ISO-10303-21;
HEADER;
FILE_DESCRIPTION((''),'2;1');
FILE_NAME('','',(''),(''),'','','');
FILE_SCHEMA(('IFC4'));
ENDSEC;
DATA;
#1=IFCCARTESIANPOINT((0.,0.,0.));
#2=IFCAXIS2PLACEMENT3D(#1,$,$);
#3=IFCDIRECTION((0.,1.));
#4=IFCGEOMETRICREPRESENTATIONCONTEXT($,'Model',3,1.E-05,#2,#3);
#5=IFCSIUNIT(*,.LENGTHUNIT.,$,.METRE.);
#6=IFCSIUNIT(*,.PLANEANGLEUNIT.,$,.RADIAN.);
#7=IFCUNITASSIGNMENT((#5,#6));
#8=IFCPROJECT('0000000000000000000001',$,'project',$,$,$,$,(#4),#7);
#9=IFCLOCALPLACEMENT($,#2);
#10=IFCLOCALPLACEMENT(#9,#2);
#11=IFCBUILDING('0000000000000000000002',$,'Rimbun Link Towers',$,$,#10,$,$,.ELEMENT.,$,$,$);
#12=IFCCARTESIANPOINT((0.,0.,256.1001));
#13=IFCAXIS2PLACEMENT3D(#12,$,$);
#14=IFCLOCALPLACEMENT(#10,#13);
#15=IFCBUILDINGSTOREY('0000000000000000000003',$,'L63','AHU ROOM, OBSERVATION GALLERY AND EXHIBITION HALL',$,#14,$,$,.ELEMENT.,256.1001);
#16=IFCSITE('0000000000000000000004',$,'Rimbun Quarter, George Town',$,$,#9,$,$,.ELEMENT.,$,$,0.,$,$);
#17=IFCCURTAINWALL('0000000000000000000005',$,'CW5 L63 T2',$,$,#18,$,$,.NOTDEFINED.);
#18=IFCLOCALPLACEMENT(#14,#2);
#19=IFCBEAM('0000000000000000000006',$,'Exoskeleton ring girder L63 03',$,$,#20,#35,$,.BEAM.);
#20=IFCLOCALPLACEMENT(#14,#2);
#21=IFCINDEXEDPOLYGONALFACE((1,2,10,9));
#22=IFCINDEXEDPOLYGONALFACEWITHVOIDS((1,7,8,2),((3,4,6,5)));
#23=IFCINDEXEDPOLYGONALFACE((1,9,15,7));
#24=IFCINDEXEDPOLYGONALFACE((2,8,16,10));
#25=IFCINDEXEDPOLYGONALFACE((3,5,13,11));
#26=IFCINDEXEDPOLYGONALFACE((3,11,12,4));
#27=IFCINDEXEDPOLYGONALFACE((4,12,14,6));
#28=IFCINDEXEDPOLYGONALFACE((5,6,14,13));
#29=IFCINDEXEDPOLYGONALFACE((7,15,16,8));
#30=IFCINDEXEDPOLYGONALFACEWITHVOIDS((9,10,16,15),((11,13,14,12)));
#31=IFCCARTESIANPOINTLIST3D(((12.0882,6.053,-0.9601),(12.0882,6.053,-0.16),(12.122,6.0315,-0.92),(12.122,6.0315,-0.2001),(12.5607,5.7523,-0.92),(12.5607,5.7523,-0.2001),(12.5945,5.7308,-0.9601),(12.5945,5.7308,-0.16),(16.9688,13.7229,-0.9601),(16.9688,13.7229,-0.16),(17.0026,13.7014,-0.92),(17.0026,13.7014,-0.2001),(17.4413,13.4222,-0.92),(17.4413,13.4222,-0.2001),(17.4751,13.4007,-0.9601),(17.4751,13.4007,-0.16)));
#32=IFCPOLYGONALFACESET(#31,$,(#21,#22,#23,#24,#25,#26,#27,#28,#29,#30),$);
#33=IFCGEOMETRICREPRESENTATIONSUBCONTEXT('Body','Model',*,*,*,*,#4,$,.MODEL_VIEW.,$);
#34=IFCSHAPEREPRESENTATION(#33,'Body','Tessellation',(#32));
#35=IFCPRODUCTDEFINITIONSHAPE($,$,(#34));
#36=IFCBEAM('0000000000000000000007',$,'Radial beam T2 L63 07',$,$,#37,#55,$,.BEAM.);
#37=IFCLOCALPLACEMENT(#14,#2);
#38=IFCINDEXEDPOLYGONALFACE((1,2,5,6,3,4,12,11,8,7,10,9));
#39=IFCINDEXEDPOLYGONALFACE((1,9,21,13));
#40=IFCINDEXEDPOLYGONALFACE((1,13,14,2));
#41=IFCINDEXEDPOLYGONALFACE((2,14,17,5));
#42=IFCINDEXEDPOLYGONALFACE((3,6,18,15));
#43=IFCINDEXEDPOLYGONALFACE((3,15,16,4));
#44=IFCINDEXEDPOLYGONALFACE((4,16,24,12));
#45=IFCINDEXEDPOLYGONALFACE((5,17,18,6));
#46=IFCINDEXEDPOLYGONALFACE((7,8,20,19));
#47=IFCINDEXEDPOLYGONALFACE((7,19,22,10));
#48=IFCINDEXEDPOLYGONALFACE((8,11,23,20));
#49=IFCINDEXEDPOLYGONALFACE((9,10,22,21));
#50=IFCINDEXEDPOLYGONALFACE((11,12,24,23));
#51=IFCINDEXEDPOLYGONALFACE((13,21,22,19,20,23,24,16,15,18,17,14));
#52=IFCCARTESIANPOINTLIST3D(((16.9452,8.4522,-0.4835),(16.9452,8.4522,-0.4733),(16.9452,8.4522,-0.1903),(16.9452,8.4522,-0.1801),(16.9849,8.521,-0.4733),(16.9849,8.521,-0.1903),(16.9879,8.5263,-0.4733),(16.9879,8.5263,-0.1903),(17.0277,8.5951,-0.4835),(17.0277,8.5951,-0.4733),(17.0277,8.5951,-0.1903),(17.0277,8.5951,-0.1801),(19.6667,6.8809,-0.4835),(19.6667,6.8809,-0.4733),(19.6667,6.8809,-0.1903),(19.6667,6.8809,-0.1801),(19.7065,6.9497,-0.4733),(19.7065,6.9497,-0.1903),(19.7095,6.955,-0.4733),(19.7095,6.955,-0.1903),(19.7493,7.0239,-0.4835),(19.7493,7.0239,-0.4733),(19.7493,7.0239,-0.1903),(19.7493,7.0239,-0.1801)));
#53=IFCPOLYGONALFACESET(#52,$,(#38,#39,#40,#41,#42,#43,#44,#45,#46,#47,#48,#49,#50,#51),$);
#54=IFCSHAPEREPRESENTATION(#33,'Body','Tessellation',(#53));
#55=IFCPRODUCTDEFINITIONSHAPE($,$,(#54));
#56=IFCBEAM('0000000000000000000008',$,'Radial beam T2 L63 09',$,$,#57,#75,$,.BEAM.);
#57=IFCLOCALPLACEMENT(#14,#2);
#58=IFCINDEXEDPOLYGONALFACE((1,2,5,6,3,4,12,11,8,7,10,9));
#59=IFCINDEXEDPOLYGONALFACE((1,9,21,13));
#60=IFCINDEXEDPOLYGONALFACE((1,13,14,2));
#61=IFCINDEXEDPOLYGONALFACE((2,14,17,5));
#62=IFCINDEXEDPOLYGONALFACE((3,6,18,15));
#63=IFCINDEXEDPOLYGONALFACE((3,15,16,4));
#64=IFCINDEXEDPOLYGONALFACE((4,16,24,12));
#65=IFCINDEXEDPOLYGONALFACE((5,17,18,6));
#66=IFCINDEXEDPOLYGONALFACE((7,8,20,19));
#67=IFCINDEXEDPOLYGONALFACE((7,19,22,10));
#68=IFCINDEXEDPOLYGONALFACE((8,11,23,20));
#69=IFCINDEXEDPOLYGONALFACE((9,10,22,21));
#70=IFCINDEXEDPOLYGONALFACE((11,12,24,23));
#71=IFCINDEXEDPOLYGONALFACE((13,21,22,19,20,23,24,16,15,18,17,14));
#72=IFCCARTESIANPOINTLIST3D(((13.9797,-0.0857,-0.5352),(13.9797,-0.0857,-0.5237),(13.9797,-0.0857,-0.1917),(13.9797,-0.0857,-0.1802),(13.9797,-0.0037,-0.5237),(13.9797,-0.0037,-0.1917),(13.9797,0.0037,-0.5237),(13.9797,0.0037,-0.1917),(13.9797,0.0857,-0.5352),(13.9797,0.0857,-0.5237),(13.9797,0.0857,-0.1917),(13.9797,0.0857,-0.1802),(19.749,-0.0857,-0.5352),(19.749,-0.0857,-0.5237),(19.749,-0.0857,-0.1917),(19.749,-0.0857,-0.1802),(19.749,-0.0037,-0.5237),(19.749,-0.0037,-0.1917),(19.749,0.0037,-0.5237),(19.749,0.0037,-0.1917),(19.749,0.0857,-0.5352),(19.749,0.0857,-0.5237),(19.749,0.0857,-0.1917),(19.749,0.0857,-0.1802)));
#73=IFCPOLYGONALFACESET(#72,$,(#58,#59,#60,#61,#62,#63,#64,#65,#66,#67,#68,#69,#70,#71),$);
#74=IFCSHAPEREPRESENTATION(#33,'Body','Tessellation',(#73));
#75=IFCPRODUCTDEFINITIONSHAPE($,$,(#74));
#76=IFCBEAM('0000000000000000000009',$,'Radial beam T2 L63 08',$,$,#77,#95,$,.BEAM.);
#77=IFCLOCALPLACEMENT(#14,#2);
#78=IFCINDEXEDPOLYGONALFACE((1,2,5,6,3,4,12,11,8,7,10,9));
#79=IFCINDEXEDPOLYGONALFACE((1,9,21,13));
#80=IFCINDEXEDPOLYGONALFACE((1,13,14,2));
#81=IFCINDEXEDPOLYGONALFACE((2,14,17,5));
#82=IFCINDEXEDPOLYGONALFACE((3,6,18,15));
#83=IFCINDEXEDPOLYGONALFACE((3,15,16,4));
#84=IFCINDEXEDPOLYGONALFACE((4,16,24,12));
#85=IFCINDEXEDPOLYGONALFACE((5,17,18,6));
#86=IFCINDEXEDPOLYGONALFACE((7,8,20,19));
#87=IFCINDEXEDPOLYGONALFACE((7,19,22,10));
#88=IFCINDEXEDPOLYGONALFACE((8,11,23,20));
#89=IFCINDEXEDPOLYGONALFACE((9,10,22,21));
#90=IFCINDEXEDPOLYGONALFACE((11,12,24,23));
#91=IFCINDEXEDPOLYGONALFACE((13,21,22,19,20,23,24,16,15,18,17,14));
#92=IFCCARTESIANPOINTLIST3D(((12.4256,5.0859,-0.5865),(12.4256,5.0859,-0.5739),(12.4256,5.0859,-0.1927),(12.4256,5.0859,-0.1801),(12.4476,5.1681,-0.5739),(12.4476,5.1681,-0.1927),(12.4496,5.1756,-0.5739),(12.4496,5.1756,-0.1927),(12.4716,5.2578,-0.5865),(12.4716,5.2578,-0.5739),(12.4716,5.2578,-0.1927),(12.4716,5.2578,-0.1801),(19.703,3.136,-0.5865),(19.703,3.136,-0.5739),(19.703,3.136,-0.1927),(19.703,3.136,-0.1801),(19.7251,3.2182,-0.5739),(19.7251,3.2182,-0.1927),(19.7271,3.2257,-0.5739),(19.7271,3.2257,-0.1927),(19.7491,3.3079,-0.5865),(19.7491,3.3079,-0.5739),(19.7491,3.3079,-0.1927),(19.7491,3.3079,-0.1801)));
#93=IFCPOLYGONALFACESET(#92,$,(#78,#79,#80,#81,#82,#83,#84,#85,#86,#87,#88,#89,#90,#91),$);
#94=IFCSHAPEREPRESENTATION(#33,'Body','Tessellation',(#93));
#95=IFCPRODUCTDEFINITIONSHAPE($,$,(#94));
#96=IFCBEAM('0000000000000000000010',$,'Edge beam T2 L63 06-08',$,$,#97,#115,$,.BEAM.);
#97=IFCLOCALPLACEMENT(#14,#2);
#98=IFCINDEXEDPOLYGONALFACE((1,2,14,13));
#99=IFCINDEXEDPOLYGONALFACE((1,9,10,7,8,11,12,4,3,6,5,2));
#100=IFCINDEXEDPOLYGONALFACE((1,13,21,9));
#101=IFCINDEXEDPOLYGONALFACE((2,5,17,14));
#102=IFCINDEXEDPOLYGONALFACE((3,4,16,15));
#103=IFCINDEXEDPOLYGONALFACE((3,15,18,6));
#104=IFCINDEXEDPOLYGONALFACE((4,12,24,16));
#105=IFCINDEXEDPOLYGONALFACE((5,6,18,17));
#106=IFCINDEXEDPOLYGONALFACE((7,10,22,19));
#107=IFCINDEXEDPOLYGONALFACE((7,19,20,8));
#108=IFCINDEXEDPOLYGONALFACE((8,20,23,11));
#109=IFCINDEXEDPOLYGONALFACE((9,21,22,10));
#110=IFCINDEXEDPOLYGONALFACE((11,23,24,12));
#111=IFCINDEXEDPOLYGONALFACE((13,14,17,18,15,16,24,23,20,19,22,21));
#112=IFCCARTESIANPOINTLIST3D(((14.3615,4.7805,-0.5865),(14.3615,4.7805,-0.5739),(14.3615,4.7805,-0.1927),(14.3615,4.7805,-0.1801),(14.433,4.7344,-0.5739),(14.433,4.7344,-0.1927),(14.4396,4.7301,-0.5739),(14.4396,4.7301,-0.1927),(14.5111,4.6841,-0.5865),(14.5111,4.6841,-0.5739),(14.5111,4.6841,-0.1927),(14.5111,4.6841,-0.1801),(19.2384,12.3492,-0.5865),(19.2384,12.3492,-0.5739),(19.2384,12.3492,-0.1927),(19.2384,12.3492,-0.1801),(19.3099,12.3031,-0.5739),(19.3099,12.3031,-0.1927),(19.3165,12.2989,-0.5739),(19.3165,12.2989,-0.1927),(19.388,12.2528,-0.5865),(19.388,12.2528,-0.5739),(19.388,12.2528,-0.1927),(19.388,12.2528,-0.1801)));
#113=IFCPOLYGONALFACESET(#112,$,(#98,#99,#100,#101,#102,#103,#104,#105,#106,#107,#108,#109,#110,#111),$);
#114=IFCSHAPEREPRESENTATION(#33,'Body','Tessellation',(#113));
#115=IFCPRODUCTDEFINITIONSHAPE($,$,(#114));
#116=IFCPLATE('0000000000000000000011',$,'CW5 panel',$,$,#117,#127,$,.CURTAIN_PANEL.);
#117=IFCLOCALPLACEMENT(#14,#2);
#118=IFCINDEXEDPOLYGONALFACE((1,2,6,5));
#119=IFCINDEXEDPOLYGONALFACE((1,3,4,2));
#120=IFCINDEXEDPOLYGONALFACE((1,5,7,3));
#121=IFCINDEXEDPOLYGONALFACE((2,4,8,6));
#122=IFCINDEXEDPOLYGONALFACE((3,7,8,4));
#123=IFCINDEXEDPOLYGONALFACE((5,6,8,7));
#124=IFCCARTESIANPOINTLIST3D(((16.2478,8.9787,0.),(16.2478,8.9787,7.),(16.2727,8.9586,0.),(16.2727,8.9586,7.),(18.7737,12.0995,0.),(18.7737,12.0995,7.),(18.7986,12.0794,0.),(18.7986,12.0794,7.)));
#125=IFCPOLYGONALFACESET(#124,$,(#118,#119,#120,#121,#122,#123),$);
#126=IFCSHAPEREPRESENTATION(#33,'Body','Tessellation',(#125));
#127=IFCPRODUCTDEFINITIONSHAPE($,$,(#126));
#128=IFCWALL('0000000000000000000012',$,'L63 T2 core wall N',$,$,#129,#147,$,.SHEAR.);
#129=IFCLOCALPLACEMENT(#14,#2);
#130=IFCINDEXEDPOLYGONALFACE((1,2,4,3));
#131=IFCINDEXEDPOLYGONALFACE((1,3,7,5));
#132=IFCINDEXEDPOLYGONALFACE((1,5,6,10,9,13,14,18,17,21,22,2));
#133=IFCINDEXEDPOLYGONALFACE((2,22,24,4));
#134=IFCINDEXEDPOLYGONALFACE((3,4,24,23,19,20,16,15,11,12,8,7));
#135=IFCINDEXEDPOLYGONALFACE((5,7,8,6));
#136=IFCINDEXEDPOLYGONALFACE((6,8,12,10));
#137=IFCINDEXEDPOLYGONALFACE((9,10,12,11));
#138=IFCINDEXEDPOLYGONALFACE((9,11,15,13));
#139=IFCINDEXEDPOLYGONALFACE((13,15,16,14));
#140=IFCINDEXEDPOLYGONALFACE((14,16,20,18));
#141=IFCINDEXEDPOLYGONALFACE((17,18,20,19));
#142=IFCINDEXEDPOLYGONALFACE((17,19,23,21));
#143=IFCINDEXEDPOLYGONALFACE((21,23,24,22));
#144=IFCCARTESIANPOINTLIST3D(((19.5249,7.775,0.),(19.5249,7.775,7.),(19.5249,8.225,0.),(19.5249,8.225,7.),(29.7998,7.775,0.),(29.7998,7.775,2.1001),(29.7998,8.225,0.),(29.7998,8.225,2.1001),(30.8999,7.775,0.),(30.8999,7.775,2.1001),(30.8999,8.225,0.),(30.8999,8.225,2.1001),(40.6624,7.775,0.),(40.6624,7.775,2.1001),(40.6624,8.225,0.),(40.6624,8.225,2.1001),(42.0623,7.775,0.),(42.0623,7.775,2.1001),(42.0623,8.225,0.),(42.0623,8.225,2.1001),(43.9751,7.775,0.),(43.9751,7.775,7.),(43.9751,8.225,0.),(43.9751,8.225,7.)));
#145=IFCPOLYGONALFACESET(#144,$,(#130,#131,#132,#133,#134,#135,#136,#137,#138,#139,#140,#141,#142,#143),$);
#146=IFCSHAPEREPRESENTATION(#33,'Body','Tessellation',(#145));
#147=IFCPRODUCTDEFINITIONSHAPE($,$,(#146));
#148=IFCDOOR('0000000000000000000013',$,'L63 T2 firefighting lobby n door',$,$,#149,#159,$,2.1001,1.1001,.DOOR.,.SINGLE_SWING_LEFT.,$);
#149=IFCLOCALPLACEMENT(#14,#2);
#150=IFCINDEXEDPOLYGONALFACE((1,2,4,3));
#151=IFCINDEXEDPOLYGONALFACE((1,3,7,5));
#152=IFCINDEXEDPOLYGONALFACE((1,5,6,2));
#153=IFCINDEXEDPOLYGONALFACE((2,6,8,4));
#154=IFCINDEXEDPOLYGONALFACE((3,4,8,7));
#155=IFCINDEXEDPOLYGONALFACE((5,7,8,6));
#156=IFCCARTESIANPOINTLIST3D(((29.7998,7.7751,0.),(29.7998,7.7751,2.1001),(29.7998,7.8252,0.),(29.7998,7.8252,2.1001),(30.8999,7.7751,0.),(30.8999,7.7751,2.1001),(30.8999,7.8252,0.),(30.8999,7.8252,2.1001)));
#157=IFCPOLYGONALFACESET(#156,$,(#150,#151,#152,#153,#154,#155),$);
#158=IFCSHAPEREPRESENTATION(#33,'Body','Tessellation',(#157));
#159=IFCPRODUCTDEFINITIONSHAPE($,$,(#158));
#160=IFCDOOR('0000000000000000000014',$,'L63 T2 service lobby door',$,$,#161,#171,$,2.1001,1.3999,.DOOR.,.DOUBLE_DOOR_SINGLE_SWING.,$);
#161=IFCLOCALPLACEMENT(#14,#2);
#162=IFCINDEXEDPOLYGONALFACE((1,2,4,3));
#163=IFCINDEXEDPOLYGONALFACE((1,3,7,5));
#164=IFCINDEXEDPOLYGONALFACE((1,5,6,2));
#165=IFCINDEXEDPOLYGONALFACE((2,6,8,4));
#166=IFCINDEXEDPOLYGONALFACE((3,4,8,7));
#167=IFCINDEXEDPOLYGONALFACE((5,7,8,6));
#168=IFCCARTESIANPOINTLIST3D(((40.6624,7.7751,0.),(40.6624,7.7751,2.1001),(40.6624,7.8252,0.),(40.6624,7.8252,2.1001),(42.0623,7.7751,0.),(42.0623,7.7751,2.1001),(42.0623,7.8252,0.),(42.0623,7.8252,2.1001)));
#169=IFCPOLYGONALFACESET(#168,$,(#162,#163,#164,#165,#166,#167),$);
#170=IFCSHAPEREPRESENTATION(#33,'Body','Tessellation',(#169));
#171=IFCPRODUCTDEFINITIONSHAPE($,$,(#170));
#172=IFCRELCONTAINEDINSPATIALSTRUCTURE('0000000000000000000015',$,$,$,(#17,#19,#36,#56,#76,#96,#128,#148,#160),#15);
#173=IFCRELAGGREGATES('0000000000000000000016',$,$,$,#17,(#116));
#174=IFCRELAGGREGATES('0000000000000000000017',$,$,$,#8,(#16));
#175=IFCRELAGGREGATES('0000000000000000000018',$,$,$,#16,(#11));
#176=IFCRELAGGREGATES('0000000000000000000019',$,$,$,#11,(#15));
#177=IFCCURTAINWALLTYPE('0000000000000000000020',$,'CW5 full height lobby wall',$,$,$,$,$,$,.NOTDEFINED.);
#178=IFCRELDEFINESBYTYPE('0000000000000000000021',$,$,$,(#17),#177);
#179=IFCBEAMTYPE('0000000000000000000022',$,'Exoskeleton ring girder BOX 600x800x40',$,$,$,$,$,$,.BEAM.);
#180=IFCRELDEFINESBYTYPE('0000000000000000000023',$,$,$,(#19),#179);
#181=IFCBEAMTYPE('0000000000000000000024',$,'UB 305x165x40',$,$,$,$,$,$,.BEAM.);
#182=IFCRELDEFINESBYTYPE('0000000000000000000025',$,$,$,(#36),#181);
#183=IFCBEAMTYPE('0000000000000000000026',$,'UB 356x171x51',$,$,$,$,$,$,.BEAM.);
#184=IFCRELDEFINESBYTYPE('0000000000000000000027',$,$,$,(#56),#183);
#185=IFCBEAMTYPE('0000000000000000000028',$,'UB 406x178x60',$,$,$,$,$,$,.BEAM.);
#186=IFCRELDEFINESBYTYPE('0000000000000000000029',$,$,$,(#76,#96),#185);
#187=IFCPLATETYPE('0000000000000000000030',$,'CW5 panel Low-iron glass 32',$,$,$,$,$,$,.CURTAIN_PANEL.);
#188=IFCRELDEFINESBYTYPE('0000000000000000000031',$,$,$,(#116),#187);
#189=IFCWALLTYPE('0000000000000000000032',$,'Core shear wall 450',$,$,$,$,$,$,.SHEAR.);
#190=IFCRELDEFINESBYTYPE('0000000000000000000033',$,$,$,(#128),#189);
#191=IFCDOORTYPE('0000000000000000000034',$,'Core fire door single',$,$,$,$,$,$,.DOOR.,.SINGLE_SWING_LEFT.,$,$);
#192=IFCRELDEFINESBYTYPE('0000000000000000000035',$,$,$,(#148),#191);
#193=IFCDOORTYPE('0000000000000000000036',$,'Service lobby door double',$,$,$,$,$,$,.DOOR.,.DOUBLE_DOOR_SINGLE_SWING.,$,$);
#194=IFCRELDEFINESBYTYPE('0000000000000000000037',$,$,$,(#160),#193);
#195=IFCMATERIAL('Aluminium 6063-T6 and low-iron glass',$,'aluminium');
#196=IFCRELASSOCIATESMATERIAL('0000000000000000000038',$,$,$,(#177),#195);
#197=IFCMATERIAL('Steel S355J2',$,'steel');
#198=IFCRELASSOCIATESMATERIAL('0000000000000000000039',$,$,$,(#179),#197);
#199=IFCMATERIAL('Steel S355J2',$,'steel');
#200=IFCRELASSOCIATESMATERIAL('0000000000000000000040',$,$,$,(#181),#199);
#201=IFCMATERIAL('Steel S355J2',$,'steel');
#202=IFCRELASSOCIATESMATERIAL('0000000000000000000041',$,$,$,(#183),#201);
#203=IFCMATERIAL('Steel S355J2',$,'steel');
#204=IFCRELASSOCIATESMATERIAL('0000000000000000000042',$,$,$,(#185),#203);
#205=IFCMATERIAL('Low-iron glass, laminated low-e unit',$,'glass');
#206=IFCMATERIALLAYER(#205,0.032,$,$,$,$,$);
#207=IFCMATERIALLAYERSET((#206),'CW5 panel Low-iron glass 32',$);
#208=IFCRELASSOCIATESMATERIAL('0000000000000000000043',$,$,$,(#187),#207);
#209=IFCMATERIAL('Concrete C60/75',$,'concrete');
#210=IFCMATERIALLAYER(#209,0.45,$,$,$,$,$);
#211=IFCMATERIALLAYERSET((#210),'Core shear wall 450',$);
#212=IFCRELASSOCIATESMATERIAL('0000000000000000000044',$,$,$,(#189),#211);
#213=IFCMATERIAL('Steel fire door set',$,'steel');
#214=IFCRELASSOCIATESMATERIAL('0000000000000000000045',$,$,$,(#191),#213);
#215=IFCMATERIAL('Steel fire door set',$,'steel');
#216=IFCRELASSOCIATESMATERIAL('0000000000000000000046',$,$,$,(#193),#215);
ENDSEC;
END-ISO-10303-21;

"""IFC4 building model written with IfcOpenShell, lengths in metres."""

from ifc_helpers import new_model, si_unit, direction, frame, frame_2d, origin, origin_2d, place, context, subcontext, project, spatial, rectangle, hollow_rectangle, i_section, extrude, material, layer, layer_set, material_profile, profile_set, type_object, element, fill, aggregate, save


model = new_model("IFC4")

# Units and contexts
model_context = context("Model", 3, precision=1e-05, world=origin(), true_north=direction((0.0, 1.0)))
body_context = subcontext(model_context, "Body", "Model", "MODEL_VIEW")
ifc_project = project(units=[si_unit("LENGTHUNIT", "METRE"), si_unit("PLANEANGLEUNIT", "RADIAN")], contexts=[model_context])

# Site, building, storey
site_placement = place(None, origin())
site = spatial("IfcSite", under=ifc_project, at=site_placement, Name="Rimbun Quarter, George Town", CompositionType="ELEMENT", RefElevation=0.0)
building_placement = place(site_placement, origin())
building = spatial("IfcBuilding", under=site, at=building_placement, Name="Rimbun Link Towers", CompositionType="ELEMENT")
storey_placement = place(building_placement, frame((0.0, 0.0, 256.1001)))
storey = spatial("IfcBuildingStorey", under=building, at=storey_placement, Name="L63", Description="AHU ROOM, OBSERVATION GALLERY AND EXHIBITION HALL", CompositionType="ELEMENT", Elevation=256.1001)

# Curtain wall
ifc_material_1 = material(Name="Aluminium 6063-T6 and low-iron glass", Category="aluminium")
curtain_wall_type = type_object("IfcCurtainWallType", Name="CW5 full height lobby wall", PredefinedType="NOTDEFINED", material=ifc_material_1)
curtain_wall_placement = place(storey_placement, origin())
curtain_wall = element("IfcCurtainWall", 1, at=curtain_wall_placement, inside=storey, type_object=curtain_wall_type, Name="CW5 L63 T2", PredefinedType="NOTDEFINED")

# Beams
ifc_material_2 = material(Name="Steel S355J2", Category="steel")
ifc_material_profile_1 = material_profile(ifc_material_2, hollow_rectangle(XDim=0.6001, YDim=0.8, WallThickness=0.04, at=origin_2d()), Name="Exoskeleton ring girder BOX 600x800x40")
ifc_profile_set_1 = profile_set([ifc_material_profile_1], Name="Steel S355J2")
beam_type_1 = type_object("IfcBeamType", Name="Exoskeleton ring girder BOX 600x800x40", PredefinedType="BEAM", material=ifc_profile_set_1)
beam_1_placement = place(storey_placement, frame((17.2219, 13.5618, -0.5601), z_axis=(-0.536856, -0.843674, 0.0), x_axis=(0.843674, -0.536856, 0.0)))
element("IfcBeam", 2, at=beam_1_placement, inside=storey, type_object=beam_type_1, Name="Exoskeleton ring girder L63 03", PredefinedType="BEAM", context=body_context, shape_type="SweptSolid", body=[
    extrude(hollow_rectangle(XDim=0.6001, YDim=0.8, WallThickness=0.04, at=origin_2d()), origin(), (0.0, 0.0, 1.0), 9.0911),
])
ifc_material_3 = material(Name="Steel S355J2", Category="steel")
ifc_material_profile_2 = material_profile(ifc_material_3, i_section(OverallWidth=0.165, OverallDepth=0.3035, WebThickness=0.0061, FlangeThickness=0.0103, at=origin_2d()), Name="UB 305x165x40")
ifc_profile_set_2 = profile_set([ifc_material_profile_2], Name="Steel S355J2")
beam_type_2 = type_object("IfcBeamType", Name="UB 305x165x40", PredefinedType="BEAM", material=ifc_profile_set_2)
beam_2_placement = place(storey_placement, frame((19.708, 6.9524, -0.3318), z_axis=(-0.866036, 0.499982, 0.0), x_axis=(-0.499982, -0.866036, 0.0)))
element("IfcBeam", 3, at=beam_2_placement, inside=storey, type_object=beam_type_2, Name="Radial beam T2 L63 07", PredefinedType="BEAM", context=body_context, shape_type="SweptSolid", body=[
    extrude(i_section(OverallWidth=0.165, OverallDepth=0.3035, WebThickness=0.0061, FlangeThickness=0.0103, at=origin_2d()), origin(), (0.0, 0.0, 1.0), 3.1426),
])
ifc_material_4 = material(Name="Steel S355J2", Category="steel")
ifc_material_profile_3 = material_profile(ifc_material_4, i_section(OverallWidth=0.1714, OverallDepth=0.355, WebThickness=0.0073, FlangeThickness=0.0115, at=origin_2d()), Name="UB 356x171x51")
ifc_profile_set_3 = profile_set([ifc_material_profile_3], Name="Steel S355J2")
beam_type_3 = type_object("IfcBeamType", Name="UB 356x171x51", PredefinedType="BEAM", material=ifc_profile_set_3)
beam_3_placement = place(storey_placement, frame((19.749, 0.0, -0.3577), z_axis=(-1.0, 0.0, 0.0), x_axis=(0.0, -1.0, 0.0)))
element("IfcBeam", 4, at=beam_3_placement, inside=storey, type_object=beam_type_3, Name="Radial beam T2 L63 09", PredefinedType="BEAM", context=body_context, shape_type="SweptSolid", body=[
    extrude(i_section(OverallWidth=0.1714, OverallDepth=0.355, WebThickness=0.0073, FlangeThickness=0.0115, at=origin_2d()), origin(), (0.0, 0.0, 1.0), 5.7693),
])
ifc_material_5 = material(Name="Steel S355J2", Category="steel")
ifc_material_profile_4 = material_profile(ifc_material_5, i_section(OverallWidth=0.178, OverallDepth=0.4065, WebThickness=0.0078, FlangeThickness=0.0127, at=origin_2d()), Name="UB 406x178x60")
ifc_profile_set_4 = profile_set([ifc_material_profile_4], Name="Steel S355J2")
beam_type_4 = type_object("IfcBeamType", Name="UB 406x178x60", PredefinedType="BEAM", material=ifc_profile_set_4)
beam_4_placement = place(storey_placement, frame((19.7261, 3.2219, -0.3833), z_axis=(-0.965928, 0.25881, 0.0), x_axis=(-0.25881, -0.965928, 0.0)))
element("IfcBeam", 5, at=beam_4_placement, inside=storey, type_object=beam_type_4, Name="Radial beam T2 L63 08", PredefinedType="BEAM", context=body_context, shape_type="SweptSolid", body=[
    extrude(i_section(OverallWidth=0.178, OverallDepth=0.4065, WebThickness=0.0078, FlangeThickness=0.0127, at=origin_2d()), origin(), (0.0, 0.0, 1.0), 7.5342),
])
beam_5_placement = place(storey_placement, frame((19.3132, 12.301, -0.3833), z_axis=(-0.541643, -0.840609, 0.0), x_axis=(0.840609, -0.541643, 0.0)))
element("IfcBeam", 6, at=beam_5_placement, inside=storey, type_object=beam_type_4, Name="Edge beam T2 L63 06-08", PredefinedType="BEAM", context=body_context, shape_type="SweptSolid", body=[
    extrude(i_section(OverallWidth=0.178, OverallDepth=0.4065, WebThickness=0.0078, FlangeThickness=0.0127, at=origin_2d()), origin(), (0.0, 0.0, 1.0), 9.0039),
])

# Plate
ifc_material_6 = material(Name="Low-iron glass, laminated low-e unit", Category="glass")
ifc_layer_1 = layer(ifc_material_6, 0.032)
ifc_layer_set_1 = layer_set([ifc_layer_1], Name="CW5 panel Low-iron glass 32")
plate_type = type_object("IfcPlateType", Name="CW5 panel Low-iron glass 32", PredefinedType="CURTAIN_PANEL", material=ifc_layer_set_1)
plate_placement = place(storey_placement, frame((17.5232, 10.5291, 0.0), z_axis=(0.0, 0.0, 1.0), x_axis=(0.629144, 0.777289, 0.0)))
plate = element("IfcPlate", 7, at=plate_placement, type_object=plate_type, Name="CW5 panel", PredefinedType="CURTAIN_PANEL", context=body_context, shape_type="SweptSolid", body=[
    extrude(rectangle(XDim=4.0149, YDim=0.032, at=origin_2d()), origin(), (0.0, 0.0, 1.0), 7.0),
])
aggregate(curtain_wall, [plate])

# Wall, openings, doors
ifc_material_7 = material(Name="Concrete C60/75", Category="concrete")
ifc_layer_2 = layer(ifc_material_7, 0.45)
ifc_layer_set_2 = layer_set([ifc_layer_2], Name="Core shear wall 450")
wall_type_1 = type_object("IfcWallType", Name="Core shear wall 450", PredefinedType="SHEAR", material=ifc_layer_set_2)
wall_1_placement = place(storey_placement, frame((19.5249, 8.0, 0.0), z_axis=(0.0, 0.0, 1.0), x_axis=(1.0, 0.0, 0.0)))
wall_1 = element("IfcWall", 8, at=wall_1_placement, inside=storey, type_object=wall_type_1, Name="L63 T2 core wall N", PredefinedType="SHEAR", context=body_context, shape_type="SweptSolid", body=[
    extrude(rectangle(XDim=24.4502, YDim=0.45, at=frame_2d((12.2251, 0.0))), origin(), (0.0, 0.0, 1.0), 7.0),
])
opening_1_placement = place(wall_1_placement, frame((10.2749, 0.0, 0.0)))
opening_1 = element("IfcOpeningElement", 9, at=opening_1_placement, cuts=wall_1, PredefinedType="OPENING", context=body_context, shape_type="SweptSolid", body=[
    extrude(rectangle(XDim=1.1001, YDim=2.1001, at=frame_2d((0.55, 1.05))), frame((0.0, 0.2349, 0.0), z_axis=(0.0, -1.0, 0.0), x_axis=(1.0, 0.0, 0.0)), (0.0, 0.0, 1.0), 0.47),
])
opening_2_placement = place(wall_1_placement, frame((21.1375, 0.0, 0.0)))
opening_2 = element("IfcOpeningElement", 10, at=opening_2_placement, cuts=wall_1, PredefinedType="OPENING", context=body_context, shape_type="SweptSolid", body=[
    extrude(rectangle(XDim=1.3999, YDim=2.1001, at=frame_2d((0.7, 1.05))), frame((0.0, 0.2349, 0.0), z_axis=(0.0, -1.0, 0.0), x_axis=(1.0, 0.0, 0.0)), (0.0, 0.0, 1.0), 0.47),
])
ifc_material_8 = material(Name="Steel fire door set", Category="steel")
door_type_1 = type_object("IfcDoorType", Name="Core fire door single", OperationType="SINGLE_SWING_LEFT", PredefinedType="DOOR", material=ifc_material_8)
door_1_placement = place(opening_1_placement, origin())
door_1 = element("IfcDoor", 11, at=door_1_placement, inside=storey, type_object=door_type_1, Name="L63 T2 firefighting lobby n door", OperationType="SINGLE_SWING_LEFT", OverallHeight=2.1001, OverallWidth=1.1001, PredefinedType="DOOR", context=body_context, shape_type="SweptSolid", body=[
    extrude(rectangle(XDim=1.1001, YDim=2.1001, at=frame_2d((0.55, 1.05))), frame((0.0, -0.1748, 0.0), z_axis=(0.0, -1.0, 0.0), x_axis=(1.0, 0.0, 0.0)), (0.0, 0.0, 1.0), 0.05),
])
fill(opening_1, door_1)
ifc_material_9 = material(Name="Steel fire door set", Category="steel")
door_type_2 = type_object("IfcDoorType", Name="Service lobby door double", OperationType="DOUBLE_DOOR_SINGLE_SWING", PredefinedType="DOOR", material=ifc_material_9)
door_2_placement = place(opening_2_placement, origin())
door_2 = element("IfcDoor", 12, at=door_2_placement, inside=storey, type_object=door_type_2, Name="L63 T2 service lobby door", OperationType="DOUBLE_DOOR_SINGLE_SWING", OverallHeight=2.1001, OverallWidth=1.3999, PredefinedType="DOOR", context=body_context, shape_type="SweptSolid", body=[
    extrude(rectangle(XDim=1.3999, YDim=2.1001, at=frame_2d((0.7, 1.05))), frame((0.0, -0.1748, 0.0), z_axis=(0.0, -1.0, 0.0), x_axis=(1.0, 0.0, 0.0)), (0.0, 0.0, 1.0), 0.05),
])
fill(opening_2, door_2)

save(model, "model.ifc")
